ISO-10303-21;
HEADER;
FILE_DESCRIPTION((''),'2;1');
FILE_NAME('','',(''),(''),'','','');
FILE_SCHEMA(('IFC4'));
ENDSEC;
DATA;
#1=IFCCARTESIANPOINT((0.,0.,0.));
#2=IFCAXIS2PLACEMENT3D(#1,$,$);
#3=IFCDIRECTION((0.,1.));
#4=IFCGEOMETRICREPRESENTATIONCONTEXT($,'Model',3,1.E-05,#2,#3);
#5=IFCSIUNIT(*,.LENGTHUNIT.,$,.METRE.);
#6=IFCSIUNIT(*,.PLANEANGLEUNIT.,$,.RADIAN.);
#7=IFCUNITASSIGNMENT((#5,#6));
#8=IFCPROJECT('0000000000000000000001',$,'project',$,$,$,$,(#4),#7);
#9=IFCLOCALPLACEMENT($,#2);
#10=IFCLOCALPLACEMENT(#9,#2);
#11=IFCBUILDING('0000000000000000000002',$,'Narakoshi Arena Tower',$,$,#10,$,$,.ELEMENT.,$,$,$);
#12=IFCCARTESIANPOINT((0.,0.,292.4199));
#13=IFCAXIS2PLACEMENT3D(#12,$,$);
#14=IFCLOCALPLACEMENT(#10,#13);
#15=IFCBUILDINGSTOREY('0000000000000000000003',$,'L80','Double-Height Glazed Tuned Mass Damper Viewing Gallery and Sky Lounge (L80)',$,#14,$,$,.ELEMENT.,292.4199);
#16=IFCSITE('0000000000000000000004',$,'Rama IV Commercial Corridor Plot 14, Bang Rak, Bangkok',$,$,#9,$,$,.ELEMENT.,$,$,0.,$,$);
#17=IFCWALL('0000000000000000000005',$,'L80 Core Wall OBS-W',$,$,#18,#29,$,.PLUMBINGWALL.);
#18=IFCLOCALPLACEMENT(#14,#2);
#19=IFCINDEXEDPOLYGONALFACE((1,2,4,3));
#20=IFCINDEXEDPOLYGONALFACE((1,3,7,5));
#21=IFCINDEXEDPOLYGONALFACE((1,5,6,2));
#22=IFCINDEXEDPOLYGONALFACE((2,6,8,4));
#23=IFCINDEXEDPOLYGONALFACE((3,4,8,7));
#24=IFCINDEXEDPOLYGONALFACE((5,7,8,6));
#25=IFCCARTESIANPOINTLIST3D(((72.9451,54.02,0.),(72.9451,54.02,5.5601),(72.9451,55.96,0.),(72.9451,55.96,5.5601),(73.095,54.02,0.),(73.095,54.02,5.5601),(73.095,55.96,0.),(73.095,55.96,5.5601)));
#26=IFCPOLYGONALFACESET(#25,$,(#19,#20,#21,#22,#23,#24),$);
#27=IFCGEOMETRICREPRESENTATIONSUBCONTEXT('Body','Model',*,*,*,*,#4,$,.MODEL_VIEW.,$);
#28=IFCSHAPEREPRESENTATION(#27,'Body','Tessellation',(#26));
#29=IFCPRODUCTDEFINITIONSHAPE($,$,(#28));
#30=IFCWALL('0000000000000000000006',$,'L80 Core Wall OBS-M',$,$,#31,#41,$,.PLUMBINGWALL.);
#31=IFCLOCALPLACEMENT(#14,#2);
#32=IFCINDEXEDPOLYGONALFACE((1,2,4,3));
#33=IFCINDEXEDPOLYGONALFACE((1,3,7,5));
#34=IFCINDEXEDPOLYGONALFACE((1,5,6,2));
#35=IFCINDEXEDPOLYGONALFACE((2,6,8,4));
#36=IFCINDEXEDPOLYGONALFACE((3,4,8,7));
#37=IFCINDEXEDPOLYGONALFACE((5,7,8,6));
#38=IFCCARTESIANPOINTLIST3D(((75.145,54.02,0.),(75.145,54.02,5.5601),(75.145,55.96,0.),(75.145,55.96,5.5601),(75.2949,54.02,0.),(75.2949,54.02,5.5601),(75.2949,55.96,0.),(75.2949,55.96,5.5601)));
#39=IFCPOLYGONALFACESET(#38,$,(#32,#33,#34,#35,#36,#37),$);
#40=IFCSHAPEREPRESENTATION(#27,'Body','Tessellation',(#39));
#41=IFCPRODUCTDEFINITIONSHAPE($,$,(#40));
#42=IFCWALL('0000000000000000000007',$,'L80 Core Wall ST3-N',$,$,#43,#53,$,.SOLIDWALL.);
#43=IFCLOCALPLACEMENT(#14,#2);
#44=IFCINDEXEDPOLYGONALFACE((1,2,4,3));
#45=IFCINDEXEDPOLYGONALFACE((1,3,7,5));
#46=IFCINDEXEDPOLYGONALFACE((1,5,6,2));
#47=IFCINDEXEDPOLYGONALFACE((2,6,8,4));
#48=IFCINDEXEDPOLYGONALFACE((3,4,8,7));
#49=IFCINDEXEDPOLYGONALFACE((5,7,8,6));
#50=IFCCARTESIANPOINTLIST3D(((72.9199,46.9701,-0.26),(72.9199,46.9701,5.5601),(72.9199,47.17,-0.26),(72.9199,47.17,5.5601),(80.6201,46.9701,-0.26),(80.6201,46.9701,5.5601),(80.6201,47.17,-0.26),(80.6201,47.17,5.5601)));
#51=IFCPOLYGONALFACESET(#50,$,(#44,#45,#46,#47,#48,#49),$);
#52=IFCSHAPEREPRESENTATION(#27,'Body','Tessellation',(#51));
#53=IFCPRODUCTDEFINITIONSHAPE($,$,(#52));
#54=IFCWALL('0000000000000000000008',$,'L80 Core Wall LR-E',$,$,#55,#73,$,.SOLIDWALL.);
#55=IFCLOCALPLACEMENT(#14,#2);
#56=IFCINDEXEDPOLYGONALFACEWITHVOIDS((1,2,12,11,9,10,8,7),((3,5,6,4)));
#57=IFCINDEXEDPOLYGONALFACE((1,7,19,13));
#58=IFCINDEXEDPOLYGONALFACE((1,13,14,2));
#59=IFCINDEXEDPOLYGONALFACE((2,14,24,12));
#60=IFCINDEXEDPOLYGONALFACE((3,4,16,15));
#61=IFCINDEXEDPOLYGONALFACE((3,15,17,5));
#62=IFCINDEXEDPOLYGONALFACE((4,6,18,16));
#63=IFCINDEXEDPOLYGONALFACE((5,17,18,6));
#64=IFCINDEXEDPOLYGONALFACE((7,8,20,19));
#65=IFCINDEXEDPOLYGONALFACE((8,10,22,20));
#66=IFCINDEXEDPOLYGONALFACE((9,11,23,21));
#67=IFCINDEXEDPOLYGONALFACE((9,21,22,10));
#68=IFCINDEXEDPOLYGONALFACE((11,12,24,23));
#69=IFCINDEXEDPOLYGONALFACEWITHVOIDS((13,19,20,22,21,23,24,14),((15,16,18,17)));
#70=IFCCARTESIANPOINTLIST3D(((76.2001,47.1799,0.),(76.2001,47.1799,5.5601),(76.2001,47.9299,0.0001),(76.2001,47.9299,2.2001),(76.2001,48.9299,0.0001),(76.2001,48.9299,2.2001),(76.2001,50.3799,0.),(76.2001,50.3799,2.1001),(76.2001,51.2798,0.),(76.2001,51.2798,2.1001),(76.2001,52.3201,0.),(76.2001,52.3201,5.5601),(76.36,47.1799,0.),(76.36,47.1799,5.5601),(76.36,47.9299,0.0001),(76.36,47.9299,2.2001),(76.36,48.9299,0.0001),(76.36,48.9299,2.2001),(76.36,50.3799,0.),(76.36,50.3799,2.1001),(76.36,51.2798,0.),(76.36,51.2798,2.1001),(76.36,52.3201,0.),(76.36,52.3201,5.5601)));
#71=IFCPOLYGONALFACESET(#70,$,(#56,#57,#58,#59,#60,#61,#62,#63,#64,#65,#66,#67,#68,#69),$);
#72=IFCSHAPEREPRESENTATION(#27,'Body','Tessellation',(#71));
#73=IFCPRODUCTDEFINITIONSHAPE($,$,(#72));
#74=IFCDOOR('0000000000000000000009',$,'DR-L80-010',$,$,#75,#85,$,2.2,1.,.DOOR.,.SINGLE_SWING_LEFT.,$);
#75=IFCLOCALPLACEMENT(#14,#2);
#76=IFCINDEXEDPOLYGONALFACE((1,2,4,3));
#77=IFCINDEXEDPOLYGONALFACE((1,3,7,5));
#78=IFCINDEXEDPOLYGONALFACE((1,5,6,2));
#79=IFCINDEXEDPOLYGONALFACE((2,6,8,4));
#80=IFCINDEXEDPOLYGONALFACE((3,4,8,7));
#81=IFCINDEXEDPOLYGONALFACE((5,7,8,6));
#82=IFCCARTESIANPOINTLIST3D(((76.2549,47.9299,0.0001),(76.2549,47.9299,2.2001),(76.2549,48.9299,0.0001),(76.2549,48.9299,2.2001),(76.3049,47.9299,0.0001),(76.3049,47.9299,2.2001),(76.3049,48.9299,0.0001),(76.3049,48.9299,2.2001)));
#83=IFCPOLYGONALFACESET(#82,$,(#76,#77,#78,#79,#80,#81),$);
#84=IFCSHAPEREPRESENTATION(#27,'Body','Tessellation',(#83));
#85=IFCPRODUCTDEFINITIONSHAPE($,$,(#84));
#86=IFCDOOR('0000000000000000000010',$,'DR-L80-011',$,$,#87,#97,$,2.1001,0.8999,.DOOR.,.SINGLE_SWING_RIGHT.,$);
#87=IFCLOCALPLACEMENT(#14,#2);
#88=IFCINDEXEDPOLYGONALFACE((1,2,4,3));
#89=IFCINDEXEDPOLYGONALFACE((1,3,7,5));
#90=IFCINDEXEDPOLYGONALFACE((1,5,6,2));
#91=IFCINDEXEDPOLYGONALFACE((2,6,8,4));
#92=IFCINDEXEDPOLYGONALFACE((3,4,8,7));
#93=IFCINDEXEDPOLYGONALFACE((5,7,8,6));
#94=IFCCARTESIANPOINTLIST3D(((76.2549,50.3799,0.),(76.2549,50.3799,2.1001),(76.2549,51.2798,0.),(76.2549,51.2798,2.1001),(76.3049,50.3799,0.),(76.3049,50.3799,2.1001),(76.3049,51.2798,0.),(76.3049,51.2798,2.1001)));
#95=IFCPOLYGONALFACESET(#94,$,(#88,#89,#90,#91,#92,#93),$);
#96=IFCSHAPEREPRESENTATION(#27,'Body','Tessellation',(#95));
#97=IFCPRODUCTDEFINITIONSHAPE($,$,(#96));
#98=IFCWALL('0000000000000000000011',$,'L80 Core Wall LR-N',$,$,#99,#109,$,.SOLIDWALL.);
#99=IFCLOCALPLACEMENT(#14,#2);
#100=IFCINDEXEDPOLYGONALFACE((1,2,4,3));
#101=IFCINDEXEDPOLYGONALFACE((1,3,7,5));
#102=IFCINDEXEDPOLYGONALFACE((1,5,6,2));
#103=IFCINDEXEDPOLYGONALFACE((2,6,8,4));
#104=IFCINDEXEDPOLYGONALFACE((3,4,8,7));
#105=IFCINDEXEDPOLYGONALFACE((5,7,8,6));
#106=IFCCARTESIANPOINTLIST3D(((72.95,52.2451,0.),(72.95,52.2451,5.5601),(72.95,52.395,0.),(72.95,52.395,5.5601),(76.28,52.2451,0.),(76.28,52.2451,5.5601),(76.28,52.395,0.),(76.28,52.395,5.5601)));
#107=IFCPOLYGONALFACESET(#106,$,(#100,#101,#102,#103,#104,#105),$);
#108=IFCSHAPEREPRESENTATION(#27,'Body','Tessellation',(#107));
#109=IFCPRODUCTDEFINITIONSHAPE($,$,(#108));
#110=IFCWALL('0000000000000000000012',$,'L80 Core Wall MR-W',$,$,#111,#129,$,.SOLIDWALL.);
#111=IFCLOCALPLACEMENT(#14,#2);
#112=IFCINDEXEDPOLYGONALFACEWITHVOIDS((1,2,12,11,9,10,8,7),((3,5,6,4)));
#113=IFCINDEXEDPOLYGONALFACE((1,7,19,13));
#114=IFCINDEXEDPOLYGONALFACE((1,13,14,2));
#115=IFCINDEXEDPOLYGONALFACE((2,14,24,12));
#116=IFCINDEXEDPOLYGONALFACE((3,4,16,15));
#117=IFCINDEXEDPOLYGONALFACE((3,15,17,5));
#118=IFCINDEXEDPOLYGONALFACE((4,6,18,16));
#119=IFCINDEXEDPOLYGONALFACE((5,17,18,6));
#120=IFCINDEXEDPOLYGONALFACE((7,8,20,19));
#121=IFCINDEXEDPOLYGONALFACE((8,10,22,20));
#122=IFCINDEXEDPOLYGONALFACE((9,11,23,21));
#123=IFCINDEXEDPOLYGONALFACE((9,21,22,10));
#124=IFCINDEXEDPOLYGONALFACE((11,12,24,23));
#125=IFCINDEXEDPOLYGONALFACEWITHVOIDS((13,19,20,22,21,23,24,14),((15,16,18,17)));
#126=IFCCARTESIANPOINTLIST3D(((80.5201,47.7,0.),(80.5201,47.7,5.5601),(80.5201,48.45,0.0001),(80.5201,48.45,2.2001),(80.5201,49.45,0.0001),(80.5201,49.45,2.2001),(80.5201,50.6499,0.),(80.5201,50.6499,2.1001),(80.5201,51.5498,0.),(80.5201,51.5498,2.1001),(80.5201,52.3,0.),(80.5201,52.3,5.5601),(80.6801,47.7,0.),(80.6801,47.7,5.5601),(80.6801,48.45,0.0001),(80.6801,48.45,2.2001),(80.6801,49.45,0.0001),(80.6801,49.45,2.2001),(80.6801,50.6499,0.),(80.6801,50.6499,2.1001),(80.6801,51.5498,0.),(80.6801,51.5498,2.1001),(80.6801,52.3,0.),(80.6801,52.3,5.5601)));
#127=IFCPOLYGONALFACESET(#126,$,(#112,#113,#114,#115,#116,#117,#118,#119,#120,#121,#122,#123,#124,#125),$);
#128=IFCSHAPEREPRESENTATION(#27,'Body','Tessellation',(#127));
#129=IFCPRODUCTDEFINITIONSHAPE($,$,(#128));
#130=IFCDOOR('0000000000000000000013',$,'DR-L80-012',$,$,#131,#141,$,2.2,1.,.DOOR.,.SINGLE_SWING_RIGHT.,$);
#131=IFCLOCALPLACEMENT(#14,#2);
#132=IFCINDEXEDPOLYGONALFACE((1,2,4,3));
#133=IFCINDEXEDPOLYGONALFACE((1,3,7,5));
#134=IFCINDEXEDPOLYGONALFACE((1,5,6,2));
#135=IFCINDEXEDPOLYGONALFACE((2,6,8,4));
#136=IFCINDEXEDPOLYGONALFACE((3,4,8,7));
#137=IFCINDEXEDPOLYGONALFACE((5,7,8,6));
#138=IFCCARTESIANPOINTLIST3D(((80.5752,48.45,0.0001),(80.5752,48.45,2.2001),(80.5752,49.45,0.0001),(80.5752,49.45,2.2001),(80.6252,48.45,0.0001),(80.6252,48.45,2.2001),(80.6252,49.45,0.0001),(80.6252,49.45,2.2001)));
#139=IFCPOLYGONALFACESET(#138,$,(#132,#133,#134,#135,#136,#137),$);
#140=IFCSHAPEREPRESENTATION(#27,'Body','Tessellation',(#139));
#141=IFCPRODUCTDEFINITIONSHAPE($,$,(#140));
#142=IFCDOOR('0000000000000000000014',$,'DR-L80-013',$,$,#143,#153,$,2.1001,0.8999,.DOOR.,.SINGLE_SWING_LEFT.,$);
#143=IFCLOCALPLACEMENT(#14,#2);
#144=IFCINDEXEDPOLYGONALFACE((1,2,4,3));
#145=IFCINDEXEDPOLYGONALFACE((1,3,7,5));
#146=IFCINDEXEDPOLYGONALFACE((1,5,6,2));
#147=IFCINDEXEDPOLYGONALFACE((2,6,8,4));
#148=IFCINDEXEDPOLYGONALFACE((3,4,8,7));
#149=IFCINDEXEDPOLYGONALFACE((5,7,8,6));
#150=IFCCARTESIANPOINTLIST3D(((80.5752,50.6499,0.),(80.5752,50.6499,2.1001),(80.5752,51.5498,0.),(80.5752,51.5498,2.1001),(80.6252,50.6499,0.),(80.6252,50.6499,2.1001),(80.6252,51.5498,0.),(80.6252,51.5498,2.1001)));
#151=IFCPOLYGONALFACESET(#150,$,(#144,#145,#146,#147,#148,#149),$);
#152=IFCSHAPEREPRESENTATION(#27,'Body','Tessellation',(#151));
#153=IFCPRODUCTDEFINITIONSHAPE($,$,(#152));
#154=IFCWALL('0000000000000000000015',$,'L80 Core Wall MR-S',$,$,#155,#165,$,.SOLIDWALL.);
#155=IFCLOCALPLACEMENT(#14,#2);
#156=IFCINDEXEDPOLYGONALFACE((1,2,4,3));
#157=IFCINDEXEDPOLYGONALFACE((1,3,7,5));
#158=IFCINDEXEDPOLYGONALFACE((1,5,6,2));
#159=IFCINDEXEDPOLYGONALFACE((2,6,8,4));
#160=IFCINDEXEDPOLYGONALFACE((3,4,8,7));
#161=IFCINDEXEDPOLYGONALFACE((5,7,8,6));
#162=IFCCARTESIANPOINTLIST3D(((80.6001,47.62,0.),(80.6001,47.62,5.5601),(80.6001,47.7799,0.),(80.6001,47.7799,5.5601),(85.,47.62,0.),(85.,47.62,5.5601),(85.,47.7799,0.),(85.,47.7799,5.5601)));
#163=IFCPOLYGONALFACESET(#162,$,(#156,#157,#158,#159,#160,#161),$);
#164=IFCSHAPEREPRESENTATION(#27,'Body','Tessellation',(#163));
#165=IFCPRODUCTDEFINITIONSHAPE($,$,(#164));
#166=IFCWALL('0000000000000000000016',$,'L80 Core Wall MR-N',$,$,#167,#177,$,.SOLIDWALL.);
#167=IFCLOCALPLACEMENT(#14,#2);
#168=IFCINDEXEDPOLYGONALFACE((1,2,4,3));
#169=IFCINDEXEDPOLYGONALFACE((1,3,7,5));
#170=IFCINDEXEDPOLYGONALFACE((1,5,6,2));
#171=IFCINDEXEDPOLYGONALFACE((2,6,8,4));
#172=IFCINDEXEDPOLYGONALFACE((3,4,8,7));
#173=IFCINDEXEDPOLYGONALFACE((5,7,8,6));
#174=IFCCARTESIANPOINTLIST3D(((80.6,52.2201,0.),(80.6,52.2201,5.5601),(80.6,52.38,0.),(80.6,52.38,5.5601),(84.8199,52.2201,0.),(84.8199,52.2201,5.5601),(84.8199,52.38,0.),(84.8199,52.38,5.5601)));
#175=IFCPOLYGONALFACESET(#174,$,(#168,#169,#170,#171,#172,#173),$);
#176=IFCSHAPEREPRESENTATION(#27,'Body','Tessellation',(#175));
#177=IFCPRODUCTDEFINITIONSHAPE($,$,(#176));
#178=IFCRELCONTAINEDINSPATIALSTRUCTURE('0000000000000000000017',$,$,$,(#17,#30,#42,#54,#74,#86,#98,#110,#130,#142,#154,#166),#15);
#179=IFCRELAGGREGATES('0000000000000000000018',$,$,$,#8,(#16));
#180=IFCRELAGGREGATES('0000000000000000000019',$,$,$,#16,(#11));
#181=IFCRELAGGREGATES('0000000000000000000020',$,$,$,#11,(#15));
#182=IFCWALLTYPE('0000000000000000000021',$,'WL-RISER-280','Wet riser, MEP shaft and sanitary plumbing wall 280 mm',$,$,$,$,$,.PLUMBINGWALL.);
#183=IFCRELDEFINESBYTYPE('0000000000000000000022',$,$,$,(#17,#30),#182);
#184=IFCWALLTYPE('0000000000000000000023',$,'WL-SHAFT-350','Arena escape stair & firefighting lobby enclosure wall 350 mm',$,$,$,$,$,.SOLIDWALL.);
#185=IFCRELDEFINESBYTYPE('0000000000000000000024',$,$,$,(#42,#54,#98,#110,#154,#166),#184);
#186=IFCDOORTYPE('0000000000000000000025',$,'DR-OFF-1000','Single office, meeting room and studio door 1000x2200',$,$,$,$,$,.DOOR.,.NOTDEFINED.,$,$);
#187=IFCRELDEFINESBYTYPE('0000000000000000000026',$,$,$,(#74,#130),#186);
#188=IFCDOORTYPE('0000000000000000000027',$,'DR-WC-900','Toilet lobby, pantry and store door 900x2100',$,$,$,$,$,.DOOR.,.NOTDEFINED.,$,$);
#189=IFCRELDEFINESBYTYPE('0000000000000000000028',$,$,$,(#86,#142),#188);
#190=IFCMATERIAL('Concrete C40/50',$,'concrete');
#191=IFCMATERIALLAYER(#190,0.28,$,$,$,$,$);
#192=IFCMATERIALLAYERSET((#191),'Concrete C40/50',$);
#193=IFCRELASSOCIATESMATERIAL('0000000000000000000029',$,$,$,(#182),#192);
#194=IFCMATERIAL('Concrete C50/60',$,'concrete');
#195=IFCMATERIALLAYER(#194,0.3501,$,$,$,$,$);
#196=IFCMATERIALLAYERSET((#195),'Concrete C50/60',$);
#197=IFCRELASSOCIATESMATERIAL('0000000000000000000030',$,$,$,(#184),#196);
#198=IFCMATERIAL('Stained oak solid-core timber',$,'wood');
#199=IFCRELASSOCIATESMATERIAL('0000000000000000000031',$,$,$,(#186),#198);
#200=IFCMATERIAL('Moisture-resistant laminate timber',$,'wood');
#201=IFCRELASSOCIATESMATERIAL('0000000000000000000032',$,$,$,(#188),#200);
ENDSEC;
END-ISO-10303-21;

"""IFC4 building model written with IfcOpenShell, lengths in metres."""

from ifc_helpers import new_model, si_unit, direction, frame, frame_2d, origin, place, context, subcontext, project, spatial, rectangle, extrude, material, layer, layer_set, type_object, element, fill, save


model = new_model("IFC4")

# Units and contexts
model_context = context("Model", 3, precision=1e-05, world=origin(), true_north=direction((0.0, 1.0)))
body_context = subcontext(model_context, "Body", "Model", "MODEL_VIEW")
ifc_project = project(units=[si_unit("LENGTHUNIT", "METRE"), si_unit("PLANEANGLEUNIT", "RADIAN")], contexts=[model_context])

# Site, building, storey
site_placement = place(None, origin())
site = spatial("IfcSite", under=ifc_project, at=site_placement, Name="Rama IV Commercial Corridor Plot 14, Bang Rak, Bangkok", CompositionType="ELEMENT", RefElevation=0.0)
building_placement = place(site_placement, origin())
building = spatial("IfcBuilding", under=site, at=building_placement, Name="Narakoshi Arena Tower", CompositionType="ELEMENT")
storey_placement = place(building_placement, frame((0.0, 0.0, 292.4199)))
storey = spatial("IfcBuildingStorey", under=building, at=storey_placement, Name="L80", Description="Double-Height Glazed Tuned Mass Damper Viewing Gallery and Sky Lounge (L80)", CompositionType="ELEMENT", Elevation=292.4199)

# Shared definitions
ifc_material_1 = material(Name="Concrete C40/50", Category="concrete")
ifc_layer_1 = layer(ifc_material_1, 0.28)
ifc_layer_set_1 = layer_set([ifc_layer_1], Name="Concrete C40/50")
wall_type_1 = type_object("IfcWallType", Name="WL-RISER-280", Description="Wet riser, MEP shaft and sanitary plumbing wall 280 mm", PredefinedType="PLUMBINGWALL", material=ifc_layer_set_1)

# Walls
for number, where, z_axis, x_axis, name in (
    (1, (73.02, 54.02, 0.0), (0.0, 0.0, 1.0), (0.0, 1.0, 0.0), "L80 Core Wall OBS-W"),
    (2, (75.22, 54.02, 0.0), (0.0, 0.0, 1.0), (0.0, 1.0, 0.0), "L80 Core Wall OBS-M"),
):
    element("IfcWall", number, at=place(storey_placement, frame(where, z_axis=z_axis, x_axis=x_axis)), inside=storey, type_object=wall_type_1, Name=name, PredefinedType="PLUMBINGWALL", context=body_context, shape_type="SweptSolid", body=[
        extrude(rectangle(XDim=1.9399, YDim=0.1499, at=frame_2d((0.97, 0.0))), origin(), (0.0, 0.0, 1.0), 5.5601),
    ])
ifc_material_2 = material(Name="Concrete C50/60", Category="concrete")
ifc_layer_2 = layer(ifc_material_2, 0.3501)
ifc_layer_set_2 = layer_set([ifc_layer_2], Name="Concrete C50/60")
wall_type_2 = type_object("IfcWallType", Name="WL-SHAFT-350", Description="Arena escape stair & firefighting lobby enclosure wall 350 mm", PredefinedType="SOLIDWALL", material=ifc_layer_set_2)
wall_1_placement = place(storey_placement, frame((72.9199, 47.0701, -0.26), z_axis=(0.0, 0.0, 1.0), x_axis=(1.0, 0.0, 0.0)))
element("IfcWall", 3, at=wall_1_placement, inside=storey, type_object=wall_type_2, Name="L80 Core Wall ST3-N", PredefinedType="SOLIDWALL", context=body_context, shape_type="SweptSolid", body=[
    extrude(rectangle(XDim=7.7002, YDim=0.2, at=frame_2d((3.8501, 0.0))), origin(), (0.0, 0.0, 1.0), 5.8201),
])

# Wall, openings, doors
wall_2_placement = place(storey_placement, frame((76.28, 47.1799, 0.0), z_axis=(0.0, 0.0, 1.0), x_axis=(0.0, 1.0, 0.0)))
wall_2 = element("IfcWall", 4, at=wall_2_placement, inside=storey, type_object=wall_type_2, Name="L80 Core Wall LR-E", PredefinedType="SOLIDWALL", context=body_context, shape_type="SweptSolid", body=[
    extrude(rectangle(XDim=5.1401, YDim=0.1599, at=frame_2d((2.5701, 0.0))), origin(), (0.0, 0.0, 1.0), 5.5601),
])
opening_1_placement = place(wall_2_placement, frame((0.75, 0.0, 0.0)))
opening_1 = element("IfcOpeningElement", 5, at=opening_1_placement, cuts=wall_2, PredefinedType="OPENING", context=body_context, shape_type="SweptSolid", body=[
    extrude(rectangle(XDim=1.0, YDim=2.2, at=frame_2d((0.5, 1.1001))), frame((0.0, 0.0898, 0.0), z_axis=(0.0, -1.0, 0.0), x_axis=(1.0, 0.0, 0.0)), (0.0, 0.0, 1.0), 0.1799),
])
opening_2_placement = place(wall_2_placement, frame((3.2, 0.0, 0.0)))
opening_2 = element("IfcOpeningElement", 6, at=opening_2_placement, cuts=wall_2, PredefinedType="OPENING", context=body_context, shape_type="SweptSolid", body=[
    extrude(rectangle(XDim=0.8999, YDim=2.1001, at=frame_2d((0.45, 1.05))), frame((0.0, 0.0898, 0.0), z_axis=(0.0, -1.0, 0.0), x_axis=(1.0, 0.0, 0.0)), (0.0, 0.0, 1.0), 0.1799),
])
ifc_material_3 = material(Name="Stained oak solid-core timber", Category="wood")
door_type_1 = type_object("IfcDoorType", Name="DR-OFF-1000", Description="Single office, meeting room and studio door 1000x2200", OperationType="NOTDEFINED", PredefinedType="DOOR", material=ifc_material_3)
door_1_placement = place(opening_1_placement, frame((1.0, 0.0, 0.0), z_axis=(0.0, 0.0, 1.0), x_axis=(-1.0, 0.0, 0.0)))
door_1 = element("IfcDoor", 7, at=door_1_placement, inside=storey, type_object=door_type_1, Name="DR-L80-010", OperationType="SINGLE_SWING_LEFT", OverallHeight=2.2, OverallWidth=1.0, PredefinedType="DOOR", context=body_context, shape_type="SweptSolid", body=[
    extrude(rectangle(XDim=1.0, YDim=2.2, at=frame_2d((0.5, 1.1001))), frame((0.0, 0.0249, 0.0), z_axis=(0.0, -1.0, 0.0), x_axis=(1.0, 0.0, 0.0)), (0.0, 0.0, 1.0), 0.05),
])
fill(opening_1, door_1)
ifc_material_4 = material(Name="Moisture-resistant laminate timber", Category="wood")
door_type_2 = type_object("IfcDoorType", Name="DR-WC-900", Description="Toilet lobby, pantry and store door 900x2100", OperationType="NOTDEFINED", PredefinedType="DOOR", material=ifc_material_4)
door_2_placement = place(opening_2_placement, frame((0.8999, 0.0, 0.0), z_axis=(0.0, 0.0, 1.0), x_axis=(-1.0, 0.0, 0.0)))
door_2 = element("IfcDoor", 8, at=door_2_placement, inside=storey, type_object=door_type_2, Name="DR-L80-011", OperationType="SINGLE_SWING_RIGHT", OverallHeight=2.1001, OverallWidth=0.8999, PredefinedType="DOOR", context=body_context, shape_type="SweptSolid", body=[
    extrude(rectangle(XDim=0.8999, YDim=2.1001, at=frame_2d((0.45, 1.05))), frame((0.0, 0.0249, 0.0), z_axis=(0.0, -1.0, 0.0), x_axis=(1.0, 0.0, 0.0)), (0.0, 0.0, 1.0), 0.05),
])
fill(opening_2, door_2)

# Wall
wall_3_placement = place(storey_placement, frame((72.95, 52.3201, 0.0), z_axis=(0.0, 0.0, 1.0), x_axis=(1.0, 0.0, 0.0)))
element("IfcWall", 9, at=wall_3_placement, inside=storey, type_object=wall_type_2, Name="L80 Core Wall LR-N", PredefinedType="SOLIDWALL", context=body_context, shape_type="SweptSolid", body=[
    extrude(rectangle(XDim=3.3301, YDim=0.1499, at=frame_2d((1.665, 0.0))), origin(), (0.0, 0.0, 1.0), 5.5601),
])

# Wall, openings, doors
wall_4_placement = place(storey_placement, frame((80.6001, 47.7, 0.0), z_axis=(0.0, 0.0, 1.0), x_axis=(0.0, 1.0, 0.0)))
wall_4 = element("IfcWall", 10, at=wall_4_placement, inside=storey, type_object=wall_type_2, Name="L80 Core Wall MR-W", PredefinedType="SOLIDWALL", context=body_context, shape_type="SweptSolid", body=[
    extrude(rectangle(XDim=4.6001, YDim=0.1599, at=frame_2d((2.3, 0.0))), origin(), (0.0, 0.0, 1.0), 5.5601),
])
opening_3_placement = place(wall_4_placement, frame((0.75, 0.0, 0.0)))
opening_3 = element("IfcOpeningElement", 11, at=opening_3_placement, cuts=wall_4, PredefinedType="OPENING", context=body_context, shape_type="SweptSolid", body=[
    extrude(rectangle(XDim=1.0, YDim=2.2, at=frame_2d((0.5, 1.1001))), frame((0.0, 0.0898, 0.0), z_axis=(0.0, -1.0, 0.0), x_axis=(1.0, 0.0, 0.0)), (0.0, 0.0, 1.0), 0.1799),
])
opening_4_placement = place(wall_4_placement, frame((2.95, 0.0, 0.0)))
opening_4 = element("IfcOpeningElement", 12, at=opening_4_placement, cuts=wall_4, PredefinedType="OPENING", context=body_context, shape_type="SweptSolid", body=[
    extrude(rectangle(XDim=0.8999, YDim=2.1001, at=frame_2d((0.45, 1.05))), frame((0.0, 0.0898, 0.0), z_axis=(0.0, -1.0, 0.0), x_axis=(1.0, 0.0, 0.0)), (0.0, 0.0, 1.0), 0.1799),
])
door_3_placement = place(opening_3_placement, origin())
door_3 = element("IfcDoor", 13, at=door_3_placement, inside=storey, type_object=door_type_1, Name="DR-L80-012", OperationType="SINGLE_SWING_RIGHT", OverallHeight=2.2, OverallWidth=1.0, PredefinedType="DOOR", context=body_context, shape_type="SweptSolid", body=[
    extrude(rectangle(XDim=1.0, YDim=2.2, at=frame_2d((0.5, 1.1001))), frame((0.0, 0.0249, 0.0), z_axis=(0.0, -1.0, 0.0), x_axis=(1.0, 0.0, 0.0)), (0.0, 0.0, 1.0), 0.05),
])
fill(opening_3, door_3)
door_4_placement = place(opening_4_placement, origin())
door_4 = element("IfcDoor", 14, at=door_4_placement, inside=storey, type_object=door_type_2, Name="DR-L80-013", OperationType="SINGLE_SWING_LEFT", OverallHeight=2.1001, OverallWidth=0.8999, PredefinedType="DOOR", context=body_context, shape_type="SweptSolid", body=[
    extrude(rectangle(XDim=0.8999, YDim=2.1001, at=frame_2d((0.45, 1.05))), frame((0.0, 0.0249, 0.0), z_axis=(0.0, -1.0, 0.0), x_axis=(1.0, 0.0, 0.0)), (0.0, 0.0, 1.0), 0.05),
])
fill(opening_4, door_4)

# Walls
wall_5_placement = place(storey_placement, frame((80.6001, 47.7, 0.0), z_axis=(0.0, 0.0, 1.0), x_axis=(1.0, 0.0, 0.0)))
element("IfcWall", 15, at=wall_5_placement, inside=storey, type_object=wall_type_2, Name="L80 Core Wall MR-S", PredefinedType="SOLIDWALL", context=body_context, shape_type="SweptSolid", body=[
    extrude(rectangle(XDim=4.3999, YDim=0.1599, at=frame_2d((2.2, 0.0))), origin(), (0.0, 0.0, 1.0), 5.5601),
])
wall_6_placement = place(storey_placement, frame((80.6001, 52.3, 0.0), z_axis=(0.0, 0.0, 1.0), x_axis=(1.0, 0.0, 0.0)))
element("IfcWall", 16, at=wall_6_placement, inside=storey, type_object=wall_type_2, Name="L80 Core Wall MR-N", PredefinedType="SOLIDWALL", context=body_context, shape_type="SweptSolid", body=[
    extrude(rectangle(XDim=4.22, YDim=0.1599, at=frame_2d((2.1099, 0.0))), origin(), (0.0, 0.0, 1.0), 5.5601),
])

save(model, "model.ifc")
